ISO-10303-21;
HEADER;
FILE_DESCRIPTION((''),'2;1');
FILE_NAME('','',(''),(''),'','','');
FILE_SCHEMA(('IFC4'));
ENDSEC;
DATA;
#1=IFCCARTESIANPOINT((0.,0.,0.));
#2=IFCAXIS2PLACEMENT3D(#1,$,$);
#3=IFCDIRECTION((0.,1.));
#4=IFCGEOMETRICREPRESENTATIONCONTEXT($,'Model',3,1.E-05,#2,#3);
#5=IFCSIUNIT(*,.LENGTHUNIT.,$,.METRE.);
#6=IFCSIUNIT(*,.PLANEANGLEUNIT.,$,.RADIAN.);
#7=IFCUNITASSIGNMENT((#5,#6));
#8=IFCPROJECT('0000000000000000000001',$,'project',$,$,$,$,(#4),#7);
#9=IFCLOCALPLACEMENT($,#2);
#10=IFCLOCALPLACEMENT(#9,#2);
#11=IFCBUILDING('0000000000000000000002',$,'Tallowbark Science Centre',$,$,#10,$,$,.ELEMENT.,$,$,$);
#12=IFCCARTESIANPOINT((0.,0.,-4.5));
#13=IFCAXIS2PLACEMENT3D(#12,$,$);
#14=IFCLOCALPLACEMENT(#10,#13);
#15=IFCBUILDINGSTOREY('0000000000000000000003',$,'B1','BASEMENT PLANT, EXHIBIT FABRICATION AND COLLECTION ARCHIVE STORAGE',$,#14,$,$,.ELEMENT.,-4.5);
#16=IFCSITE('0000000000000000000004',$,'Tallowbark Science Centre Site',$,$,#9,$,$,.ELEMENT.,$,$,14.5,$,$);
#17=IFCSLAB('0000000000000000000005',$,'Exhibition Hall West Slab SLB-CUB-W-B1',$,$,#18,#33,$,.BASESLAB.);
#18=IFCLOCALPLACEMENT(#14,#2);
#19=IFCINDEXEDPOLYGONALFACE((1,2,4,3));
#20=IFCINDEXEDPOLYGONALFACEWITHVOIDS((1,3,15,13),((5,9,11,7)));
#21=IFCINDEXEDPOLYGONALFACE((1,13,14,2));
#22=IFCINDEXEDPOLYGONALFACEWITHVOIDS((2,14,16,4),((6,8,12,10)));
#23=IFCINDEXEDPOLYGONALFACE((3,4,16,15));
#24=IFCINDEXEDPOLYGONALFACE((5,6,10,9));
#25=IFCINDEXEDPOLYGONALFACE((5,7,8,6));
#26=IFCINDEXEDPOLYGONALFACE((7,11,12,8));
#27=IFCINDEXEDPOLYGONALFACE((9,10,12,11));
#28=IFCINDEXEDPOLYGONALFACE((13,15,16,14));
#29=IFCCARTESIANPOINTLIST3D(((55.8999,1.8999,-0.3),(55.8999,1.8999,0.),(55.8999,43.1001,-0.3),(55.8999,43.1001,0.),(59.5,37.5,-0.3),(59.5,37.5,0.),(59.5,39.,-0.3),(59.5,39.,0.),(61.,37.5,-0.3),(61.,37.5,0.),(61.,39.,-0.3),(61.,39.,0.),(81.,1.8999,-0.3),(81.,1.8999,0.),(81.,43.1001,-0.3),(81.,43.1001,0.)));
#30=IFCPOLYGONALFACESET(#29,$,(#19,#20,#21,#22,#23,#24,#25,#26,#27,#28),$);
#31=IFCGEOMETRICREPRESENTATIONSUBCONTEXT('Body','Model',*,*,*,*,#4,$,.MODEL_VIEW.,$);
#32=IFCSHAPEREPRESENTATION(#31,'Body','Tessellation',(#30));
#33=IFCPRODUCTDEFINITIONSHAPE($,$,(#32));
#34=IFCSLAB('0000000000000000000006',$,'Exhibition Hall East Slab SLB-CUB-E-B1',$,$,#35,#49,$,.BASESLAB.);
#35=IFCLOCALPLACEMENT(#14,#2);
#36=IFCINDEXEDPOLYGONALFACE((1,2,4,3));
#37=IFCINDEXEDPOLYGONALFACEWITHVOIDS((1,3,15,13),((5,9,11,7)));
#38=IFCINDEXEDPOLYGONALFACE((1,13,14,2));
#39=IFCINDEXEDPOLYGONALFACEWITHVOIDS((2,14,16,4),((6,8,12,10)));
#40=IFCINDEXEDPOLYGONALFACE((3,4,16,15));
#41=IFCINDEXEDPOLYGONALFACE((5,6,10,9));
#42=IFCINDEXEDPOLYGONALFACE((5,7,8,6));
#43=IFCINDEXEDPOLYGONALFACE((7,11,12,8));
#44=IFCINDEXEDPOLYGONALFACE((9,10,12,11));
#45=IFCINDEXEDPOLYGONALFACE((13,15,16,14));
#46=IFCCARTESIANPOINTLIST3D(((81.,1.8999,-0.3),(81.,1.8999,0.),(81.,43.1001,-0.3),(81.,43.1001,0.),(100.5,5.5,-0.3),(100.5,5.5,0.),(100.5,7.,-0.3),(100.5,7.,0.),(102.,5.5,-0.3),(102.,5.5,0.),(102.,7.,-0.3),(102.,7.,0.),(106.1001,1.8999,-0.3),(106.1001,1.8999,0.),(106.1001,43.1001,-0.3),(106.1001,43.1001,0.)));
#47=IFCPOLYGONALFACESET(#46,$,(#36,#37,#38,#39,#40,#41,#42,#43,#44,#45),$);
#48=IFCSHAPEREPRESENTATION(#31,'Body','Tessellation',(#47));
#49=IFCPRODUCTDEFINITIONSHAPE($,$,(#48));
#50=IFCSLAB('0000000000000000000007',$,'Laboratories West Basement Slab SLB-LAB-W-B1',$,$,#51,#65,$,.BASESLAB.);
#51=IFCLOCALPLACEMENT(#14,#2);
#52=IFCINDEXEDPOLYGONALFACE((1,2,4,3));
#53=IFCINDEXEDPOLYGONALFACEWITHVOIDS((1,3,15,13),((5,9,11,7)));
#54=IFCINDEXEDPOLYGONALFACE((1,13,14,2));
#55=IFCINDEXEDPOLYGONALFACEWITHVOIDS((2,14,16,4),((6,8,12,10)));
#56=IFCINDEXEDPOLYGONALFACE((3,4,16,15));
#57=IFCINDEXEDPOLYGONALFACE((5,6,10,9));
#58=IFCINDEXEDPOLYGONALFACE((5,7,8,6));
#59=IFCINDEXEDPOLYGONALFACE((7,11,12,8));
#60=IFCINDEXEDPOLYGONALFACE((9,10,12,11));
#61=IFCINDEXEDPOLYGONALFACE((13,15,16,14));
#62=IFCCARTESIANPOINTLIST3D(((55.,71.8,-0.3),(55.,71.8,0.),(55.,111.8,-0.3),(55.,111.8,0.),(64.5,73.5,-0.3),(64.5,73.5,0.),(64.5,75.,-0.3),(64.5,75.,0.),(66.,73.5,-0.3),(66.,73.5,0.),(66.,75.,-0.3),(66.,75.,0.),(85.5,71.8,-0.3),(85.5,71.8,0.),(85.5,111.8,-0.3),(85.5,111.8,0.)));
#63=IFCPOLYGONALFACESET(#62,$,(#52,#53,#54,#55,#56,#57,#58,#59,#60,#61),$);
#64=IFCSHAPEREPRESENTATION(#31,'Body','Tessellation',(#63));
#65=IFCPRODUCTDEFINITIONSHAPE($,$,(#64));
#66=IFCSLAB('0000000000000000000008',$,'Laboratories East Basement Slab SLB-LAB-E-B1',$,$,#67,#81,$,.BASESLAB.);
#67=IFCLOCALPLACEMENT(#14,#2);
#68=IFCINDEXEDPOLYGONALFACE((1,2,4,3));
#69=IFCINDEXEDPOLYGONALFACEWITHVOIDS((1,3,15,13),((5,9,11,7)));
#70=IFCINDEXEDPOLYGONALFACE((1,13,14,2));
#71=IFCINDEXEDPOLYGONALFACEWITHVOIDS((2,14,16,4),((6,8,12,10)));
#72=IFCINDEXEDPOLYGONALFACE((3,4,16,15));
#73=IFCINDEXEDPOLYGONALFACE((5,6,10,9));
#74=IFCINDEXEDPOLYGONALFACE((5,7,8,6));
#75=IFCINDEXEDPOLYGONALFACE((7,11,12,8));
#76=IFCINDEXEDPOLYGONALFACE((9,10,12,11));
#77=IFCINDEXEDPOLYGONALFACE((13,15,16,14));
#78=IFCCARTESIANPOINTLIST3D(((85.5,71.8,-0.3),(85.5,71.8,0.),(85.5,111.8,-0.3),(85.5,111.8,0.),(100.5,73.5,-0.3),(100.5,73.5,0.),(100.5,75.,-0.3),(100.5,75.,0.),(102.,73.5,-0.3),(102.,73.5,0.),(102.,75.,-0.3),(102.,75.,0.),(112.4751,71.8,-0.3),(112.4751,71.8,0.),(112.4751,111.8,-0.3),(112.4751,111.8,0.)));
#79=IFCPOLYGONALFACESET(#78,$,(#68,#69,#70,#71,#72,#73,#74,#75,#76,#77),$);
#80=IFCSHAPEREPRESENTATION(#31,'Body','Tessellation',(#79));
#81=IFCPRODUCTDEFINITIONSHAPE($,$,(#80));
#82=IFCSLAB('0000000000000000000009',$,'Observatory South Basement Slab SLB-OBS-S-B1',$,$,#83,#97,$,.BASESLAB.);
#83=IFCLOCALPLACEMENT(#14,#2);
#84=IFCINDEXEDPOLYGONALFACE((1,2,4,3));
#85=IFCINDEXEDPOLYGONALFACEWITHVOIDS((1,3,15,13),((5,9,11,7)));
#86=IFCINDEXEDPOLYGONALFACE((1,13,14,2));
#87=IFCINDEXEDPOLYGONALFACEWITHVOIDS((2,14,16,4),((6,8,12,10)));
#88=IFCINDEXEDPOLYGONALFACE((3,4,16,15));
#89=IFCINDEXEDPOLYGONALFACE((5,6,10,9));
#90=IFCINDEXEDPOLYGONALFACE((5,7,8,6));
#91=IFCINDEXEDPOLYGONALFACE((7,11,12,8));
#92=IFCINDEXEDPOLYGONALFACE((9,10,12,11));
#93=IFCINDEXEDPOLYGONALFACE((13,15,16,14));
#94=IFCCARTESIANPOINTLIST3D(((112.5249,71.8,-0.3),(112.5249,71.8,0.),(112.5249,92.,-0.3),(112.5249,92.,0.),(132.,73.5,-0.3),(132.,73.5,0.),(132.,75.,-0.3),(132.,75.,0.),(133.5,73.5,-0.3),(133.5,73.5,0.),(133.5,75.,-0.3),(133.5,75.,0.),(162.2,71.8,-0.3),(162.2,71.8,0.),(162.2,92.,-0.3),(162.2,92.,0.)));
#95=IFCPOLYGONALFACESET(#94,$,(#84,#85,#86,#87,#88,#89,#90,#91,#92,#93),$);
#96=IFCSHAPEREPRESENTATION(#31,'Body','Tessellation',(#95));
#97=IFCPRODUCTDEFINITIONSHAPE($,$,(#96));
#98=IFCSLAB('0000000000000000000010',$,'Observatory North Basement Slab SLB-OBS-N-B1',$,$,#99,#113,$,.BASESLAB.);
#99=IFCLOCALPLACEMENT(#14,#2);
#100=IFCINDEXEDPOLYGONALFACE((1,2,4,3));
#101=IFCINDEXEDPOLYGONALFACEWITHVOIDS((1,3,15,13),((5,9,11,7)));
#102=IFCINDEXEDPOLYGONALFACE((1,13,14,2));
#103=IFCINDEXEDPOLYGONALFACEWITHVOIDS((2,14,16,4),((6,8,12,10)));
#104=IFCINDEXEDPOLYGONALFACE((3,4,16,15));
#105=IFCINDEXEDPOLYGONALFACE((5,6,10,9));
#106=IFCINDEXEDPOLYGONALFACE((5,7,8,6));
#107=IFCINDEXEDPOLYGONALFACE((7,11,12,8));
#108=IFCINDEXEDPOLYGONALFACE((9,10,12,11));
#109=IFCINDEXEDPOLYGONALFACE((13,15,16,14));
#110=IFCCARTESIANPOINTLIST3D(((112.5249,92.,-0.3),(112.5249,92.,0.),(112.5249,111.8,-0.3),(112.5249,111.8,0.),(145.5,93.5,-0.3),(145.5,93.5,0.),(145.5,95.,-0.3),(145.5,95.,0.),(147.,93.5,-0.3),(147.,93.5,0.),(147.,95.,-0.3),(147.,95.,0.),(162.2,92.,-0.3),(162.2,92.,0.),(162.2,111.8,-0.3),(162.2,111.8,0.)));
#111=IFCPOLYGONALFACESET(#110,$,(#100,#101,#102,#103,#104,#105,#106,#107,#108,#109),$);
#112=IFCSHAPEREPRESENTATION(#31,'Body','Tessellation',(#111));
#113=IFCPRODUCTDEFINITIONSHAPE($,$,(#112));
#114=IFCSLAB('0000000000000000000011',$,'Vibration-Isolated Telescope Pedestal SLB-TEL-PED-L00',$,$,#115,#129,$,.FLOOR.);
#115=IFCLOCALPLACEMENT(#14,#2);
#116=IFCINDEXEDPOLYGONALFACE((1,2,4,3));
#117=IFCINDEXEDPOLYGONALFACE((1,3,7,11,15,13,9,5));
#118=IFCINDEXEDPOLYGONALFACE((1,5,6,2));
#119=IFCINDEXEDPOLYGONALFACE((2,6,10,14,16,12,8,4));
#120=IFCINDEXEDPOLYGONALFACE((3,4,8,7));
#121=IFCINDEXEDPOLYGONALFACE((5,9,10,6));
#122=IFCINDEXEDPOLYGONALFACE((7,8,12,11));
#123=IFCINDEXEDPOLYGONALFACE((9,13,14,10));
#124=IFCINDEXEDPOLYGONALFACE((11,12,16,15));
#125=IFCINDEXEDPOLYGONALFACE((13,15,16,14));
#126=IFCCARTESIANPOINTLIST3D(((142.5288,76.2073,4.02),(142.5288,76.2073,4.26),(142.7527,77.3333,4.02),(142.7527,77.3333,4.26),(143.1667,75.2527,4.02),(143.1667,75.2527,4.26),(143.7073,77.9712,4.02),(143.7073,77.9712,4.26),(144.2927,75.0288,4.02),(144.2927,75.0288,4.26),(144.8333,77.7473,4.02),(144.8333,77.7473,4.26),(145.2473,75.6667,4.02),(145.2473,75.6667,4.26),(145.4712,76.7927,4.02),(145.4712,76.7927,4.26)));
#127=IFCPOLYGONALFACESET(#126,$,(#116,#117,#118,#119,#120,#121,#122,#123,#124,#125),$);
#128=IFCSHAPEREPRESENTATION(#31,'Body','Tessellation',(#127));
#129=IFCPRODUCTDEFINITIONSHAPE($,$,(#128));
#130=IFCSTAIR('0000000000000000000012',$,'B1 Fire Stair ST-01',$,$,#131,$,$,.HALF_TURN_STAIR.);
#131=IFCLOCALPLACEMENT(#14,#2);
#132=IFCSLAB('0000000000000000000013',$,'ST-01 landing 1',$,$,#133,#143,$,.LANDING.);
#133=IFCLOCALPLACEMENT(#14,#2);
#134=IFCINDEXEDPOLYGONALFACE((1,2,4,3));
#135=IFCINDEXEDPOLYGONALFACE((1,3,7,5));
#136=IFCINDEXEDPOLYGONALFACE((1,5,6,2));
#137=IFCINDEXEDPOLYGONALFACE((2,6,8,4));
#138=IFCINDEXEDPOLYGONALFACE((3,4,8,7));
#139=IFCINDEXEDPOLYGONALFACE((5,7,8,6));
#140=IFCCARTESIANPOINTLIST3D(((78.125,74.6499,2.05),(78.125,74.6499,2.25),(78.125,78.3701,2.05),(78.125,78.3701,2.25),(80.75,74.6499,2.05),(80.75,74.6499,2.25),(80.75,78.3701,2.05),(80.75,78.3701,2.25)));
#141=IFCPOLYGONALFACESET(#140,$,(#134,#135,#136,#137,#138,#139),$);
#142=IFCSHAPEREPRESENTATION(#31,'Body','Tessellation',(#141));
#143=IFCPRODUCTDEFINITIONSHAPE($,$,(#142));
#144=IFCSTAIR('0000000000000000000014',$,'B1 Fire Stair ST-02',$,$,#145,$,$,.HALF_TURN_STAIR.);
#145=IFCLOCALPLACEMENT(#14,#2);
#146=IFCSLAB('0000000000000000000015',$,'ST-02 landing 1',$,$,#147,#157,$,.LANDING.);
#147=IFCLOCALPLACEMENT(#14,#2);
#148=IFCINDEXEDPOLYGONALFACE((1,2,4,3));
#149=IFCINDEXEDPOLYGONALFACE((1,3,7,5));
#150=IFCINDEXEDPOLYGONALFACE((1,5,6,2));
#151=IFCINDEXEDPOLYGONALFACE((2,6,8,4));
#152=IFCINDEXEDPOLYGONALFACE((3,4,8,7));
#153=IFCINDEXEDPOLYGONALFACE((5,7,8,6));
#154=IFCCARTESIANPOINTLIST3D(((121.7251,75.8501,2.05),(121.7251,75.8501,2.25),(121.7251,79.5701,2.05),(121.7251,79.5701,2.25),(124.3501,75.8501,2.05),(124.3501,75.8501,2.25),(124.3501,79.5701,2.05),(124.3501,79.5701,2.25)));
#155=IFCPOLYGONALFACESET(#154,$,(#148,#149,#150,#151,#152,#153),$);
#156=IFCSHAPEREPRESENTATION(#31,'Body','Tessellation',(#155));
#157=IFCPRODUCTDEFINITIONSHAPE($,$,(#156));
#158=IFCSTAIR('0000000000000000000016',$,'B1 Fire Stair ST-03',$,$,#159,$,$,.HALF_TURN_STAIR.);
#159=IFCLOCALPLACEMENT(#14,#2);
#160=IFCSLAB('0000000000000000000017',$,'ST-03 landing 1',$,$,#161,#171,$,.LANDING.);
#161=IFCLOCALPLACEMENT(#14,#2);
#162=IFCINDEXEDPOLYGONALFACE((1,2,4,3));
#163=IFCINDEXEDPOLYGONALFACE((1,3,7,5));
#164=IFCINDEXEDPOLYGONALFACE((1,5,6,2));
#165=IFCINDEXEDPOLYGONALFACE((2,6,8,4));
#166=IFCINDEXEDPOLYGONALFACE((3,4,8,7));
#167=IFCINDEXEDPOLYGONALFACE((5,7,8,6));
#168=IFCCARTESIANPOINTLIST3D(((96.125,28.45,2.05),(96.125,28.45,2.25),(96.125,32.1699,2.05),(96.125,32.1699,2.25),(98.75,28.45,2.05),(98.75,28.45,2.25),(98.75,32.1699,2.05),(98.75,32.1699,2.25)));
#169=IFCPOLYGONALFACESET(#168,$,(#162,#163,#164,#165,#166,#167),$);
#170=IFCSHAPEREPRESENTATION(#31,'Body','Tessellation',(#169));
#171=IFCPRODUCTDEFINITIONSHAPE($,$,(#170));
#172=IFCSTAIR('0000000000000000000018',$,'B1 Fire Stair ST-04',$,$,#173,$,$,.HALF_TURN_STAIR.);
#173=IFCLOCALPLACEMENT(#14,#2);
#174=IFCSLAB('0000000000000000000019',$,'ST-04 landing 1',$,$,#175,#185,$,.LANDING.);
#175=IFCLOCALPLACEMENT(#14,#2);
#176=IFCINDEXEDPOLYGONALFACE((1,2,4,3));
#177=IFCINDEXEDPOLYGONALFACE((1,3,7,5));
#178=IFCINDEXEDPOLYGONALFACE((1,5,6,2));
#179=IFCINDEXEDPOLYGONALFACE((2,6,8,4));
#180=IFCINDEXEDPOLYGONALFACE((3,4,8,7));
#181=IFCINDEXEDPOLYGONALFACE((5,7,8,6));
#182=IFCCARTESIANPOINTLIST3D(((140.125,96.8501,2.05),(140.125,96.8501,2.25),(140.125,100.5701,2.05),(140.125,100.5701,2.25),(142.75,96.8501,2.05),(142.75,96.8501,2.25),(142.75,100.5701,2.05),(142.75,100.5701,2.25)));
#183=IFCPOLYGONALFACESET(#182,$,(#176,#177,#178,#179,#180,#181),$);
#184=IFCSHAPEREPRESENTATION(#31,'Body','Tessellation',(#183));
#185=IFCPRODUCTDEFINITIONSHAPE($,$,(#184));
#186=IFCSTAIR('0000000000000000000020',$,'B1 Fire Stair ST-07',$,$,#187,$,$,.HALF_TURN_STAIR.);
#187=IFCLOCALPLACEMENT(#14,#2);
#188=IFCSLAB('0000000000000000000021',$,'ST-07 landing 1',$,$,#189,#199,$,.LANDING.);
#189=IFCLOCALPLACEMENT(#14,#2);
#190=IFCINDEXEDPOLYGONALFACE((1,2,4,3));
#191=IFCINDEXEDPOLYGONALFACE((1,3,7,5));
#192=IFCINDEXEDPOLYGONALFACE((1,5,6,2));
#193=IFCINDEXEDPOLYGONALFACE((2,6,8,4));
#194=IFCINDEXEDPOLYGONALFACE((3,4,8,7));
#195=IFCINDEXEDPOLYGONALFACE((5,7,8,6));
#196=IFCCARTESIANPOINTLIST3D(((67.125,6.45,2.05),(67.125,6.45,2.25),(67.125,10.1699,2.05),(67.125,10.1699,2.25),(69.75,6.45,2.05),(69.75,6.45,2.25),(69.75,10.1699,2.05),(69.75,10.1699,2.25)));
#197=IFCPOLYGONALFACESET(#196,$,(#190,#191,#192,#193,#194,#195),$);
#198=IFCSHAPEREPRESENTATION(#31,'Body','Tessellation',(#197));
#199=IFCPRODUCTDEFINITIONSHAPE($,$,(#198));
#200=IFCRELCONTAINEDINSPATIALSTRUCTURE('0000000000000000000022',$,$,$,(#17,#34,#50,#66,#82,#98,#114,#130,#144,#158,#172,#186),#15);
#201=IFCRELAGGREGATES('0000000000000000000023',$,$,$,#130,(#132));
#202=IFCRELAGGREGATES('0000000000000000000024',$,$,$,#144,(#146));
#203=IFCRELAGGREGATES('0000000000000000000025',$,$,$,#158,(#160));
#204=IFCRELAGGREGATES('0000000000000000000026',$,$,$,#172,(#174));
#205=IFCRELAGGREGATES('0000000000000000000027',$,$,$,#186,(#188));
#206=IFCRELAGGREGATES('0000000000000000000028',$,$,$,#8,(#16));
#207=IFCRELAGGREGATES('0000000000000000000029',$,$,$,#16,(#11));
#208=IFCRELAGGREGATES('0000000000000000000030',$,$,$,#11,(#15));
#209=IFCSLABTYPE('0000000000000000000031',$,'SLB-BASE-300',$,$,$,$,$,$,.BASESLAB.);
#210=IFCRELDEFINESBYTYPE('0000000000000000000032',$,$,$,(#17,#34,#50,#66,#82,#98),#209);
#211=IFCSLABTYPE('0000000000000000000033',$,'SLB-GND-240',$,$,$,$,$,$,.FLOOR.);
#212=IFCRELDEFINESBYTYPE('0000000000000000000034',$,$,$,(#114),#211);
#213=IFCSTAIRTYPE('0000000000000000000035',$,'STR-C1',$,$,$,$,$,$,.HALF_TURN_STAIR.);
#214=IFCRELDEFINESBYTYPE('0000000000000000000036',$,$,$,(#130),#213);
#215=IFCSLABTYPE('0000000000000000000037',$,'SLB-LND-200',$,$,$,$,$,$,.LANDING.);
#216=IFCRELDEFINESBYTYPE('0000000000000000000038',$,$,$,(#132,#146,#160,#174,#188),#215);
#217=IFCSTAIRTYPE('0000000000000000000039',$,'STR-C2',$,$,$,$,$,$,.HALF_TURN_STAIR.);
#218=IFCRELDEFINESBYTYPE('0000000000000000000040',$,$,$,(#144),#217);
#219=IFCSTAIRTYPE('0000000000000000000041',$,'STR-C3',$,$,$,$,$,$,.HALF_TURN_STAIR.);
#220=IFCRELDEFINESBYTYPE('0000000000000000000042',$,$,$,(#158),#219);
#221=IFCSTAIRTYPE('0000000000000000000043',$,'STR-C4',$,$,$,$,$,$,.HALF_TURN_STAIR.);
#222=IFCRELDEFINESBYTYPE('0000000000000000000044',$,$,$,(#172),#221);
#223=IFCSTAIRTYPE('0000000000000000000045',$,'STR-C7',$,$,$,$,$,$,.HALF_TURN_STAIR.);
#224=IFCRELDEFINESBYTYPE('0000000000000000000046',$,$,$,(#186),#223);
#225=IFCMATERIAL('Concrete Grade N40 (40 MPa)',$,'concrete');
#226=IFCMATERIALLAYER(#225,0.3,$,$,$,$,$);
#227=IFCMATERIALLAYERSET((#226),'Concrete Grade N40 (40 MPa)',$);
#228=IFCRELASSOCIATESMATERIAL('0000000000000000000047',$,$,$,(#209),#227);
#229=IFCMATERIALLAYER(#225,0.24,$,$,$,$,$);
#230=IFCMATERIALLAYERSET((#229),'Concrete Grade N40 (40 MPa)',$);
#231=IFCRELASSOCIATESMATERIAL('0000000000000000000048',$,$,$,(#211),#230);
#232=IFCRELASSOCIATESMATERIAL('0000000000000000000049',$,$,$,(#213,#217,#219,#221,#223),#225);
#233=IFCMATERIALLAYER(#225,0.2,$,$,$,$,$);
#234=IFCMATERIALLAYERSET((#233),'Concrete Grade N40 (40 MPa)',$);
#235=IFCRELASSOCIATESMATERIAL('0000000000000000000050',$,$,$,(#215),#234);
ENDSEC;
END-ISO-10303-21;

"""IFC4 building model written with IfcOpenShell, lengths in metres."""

from ifc_helpers import new_model, si_unit, direction, frame, origin, place, context, subcontext, project, spatial, polyline, outline, extrude, material, layer, layer_set, type_object, element, aggregate, save


model = new_model("IFC4")

# Units and contexts
model_context = context("Model", 3, precision=1e-05, world=origin(), true_north=direction((0.0, 1.0)))
body_context = subcontext(model_context, "Body", "Model", "MODEL_VIEW")
ifc_project = project(units=[si_unit("LENGTHUNIT", "METRE"), si_unit("PLANEANGLEUNIT", "RADIAN")], contexts=[model_context])

# Site, building, storey
site_placement = place(None, origin())
site = spatial("IfcSite", under=ifc_project, at=site_placement, Name="Tallowbark Science Centre Site", CompositionType="ELEMENT", RefElevation=14.5)
building_placement = place(site_placement, origin())
building = spatial("IfcBuilding", under=site, at=building_placement, Name="Tallowbark Science Centre", CompositionType="ELEMENT")
storey_placement = place(building_placement, frame((0.0, 0.0, -4.5)))
storey = spatial("IfcBuildingStorey", under=building, at=storey_placement, Name="B1", Description="BASEMENT PLANT, EXHIBIT FABRICATION AND COLLECTION ARCHIVE STORAGE", CompositionType="ELEMENT", Elevation=-4.5)

# Shared definitions
ifc_material_1 = material(Name="Concrete Grade N40 (40 MPa)", Category="concrete")

# Slabs
ifc_layer_1 = layer(ifc_material_1, 0.3)
ifc_layer_set_1 = layer_set([ifc_layer_1], Name="Concrete Grade N40 (40 MPa)")
slab_type_1 = type_object("IfcSlabType", Name="SLB-BASE-300", PredefinedType="BASESLAB", material=ifc_layer_set_1)
slab_1_placement = place(storey_placement, frame((0.0, 0.0, -0.3)))
element("IfcSlab", 1, at=slab_1_placement, inside=storey, type_object=slab_type_1, Name="Exhibition Hall West Slab SLB-CUB-W-B1", PredefinedType="BASESLAB", context=body_context, shape_type="SweptSolid", body=[
    extrude(outline(polyline([(55.8999, 1.8999), (81.0, 1.8999), (81.0, 43.1001), (55.8999, 43.1001), (55.8999, 1.8999)]), holes=[polyline([(59.5, 37.5), (61.0, 37.5), (61.0, 39.0), (59.5, 39.0), (59.5, 37.5)])]), origin(), (0.0, 0.0, 1.0), 0.3),
])
slab_2_placement = place(storey_placement, frame((0.0, 0.0, -0.3)))
element("IfcSlab", 2, at=slab_2_placement, inside=storey, type_object=slab_type_1, Name="Exhibition Hall East Slab SLB-CUB-E-B1", PredefinedType="BASESLAB", context=body_context, shape_type="SweptSolid", body=[
    extrude(outline(polyline([(81.0, 1.8999), (106.1001, 1.8999), (106.1001, 43.1001), (81.0, 43.1001), (81.0, 1.8999)]), holes=[polyline([(100.5, 5.5), (102.0, 5.5), (102.0, 7.0), (100.5, 7.0), (100.5, 5.5)])]), origin(), (0.0, 0.0, 1.0), 0.3),
])
slab_3_placement = place(storey_placement, frame((0.0, 0.0, -0.3)))
element("IfcSlab", 3, at=slab_3_placement, inside=storey, type_object=slab_type_1, Name="Laboratories West Basement Slab SLB-LAB-W-B1", PredefinedType="BASESLAB", context=body_context, shape_type="SweptSolid", body=[
    extrude(outline(polyline([(55.0, 71.8), (85.5, 71.8), (85.5, 111.8), (55.0, 111.8), (55.0, 71.8)]), holes=[polyline([(64.5, 73.5), (66.0, 73.5), (66.0, 75.0), (64.5, 75.0), (64.5, 73.5)])]), origin(), (0.0, 0.0, 1.0), 0.3),
])
slab_4_placement = place(storey_placement, frame((0.0, 0.0, -0.3)))
element("IfcSlab", 4, at=slab_4_placement, inside=storey, type_object=slab_type_1, Name="Laboratories East Basement Slab SLB-LAB-E-B1", PredefinedType="BASESLAB", context=body_context, shape_type="SweptSolid", body=[
    extrude(outline(polyline([(85.5, 71.8), (112.4751, 71.8), (112.4751, 111.8), (85.5, 111.8), (85.5, 71.8)]), holes=[polyline([(100.5, 73.5), (102.0, 73.5), (102.0, 75.0), (100.5, 75.0), (100.5, 73.5)])]), origin(), (0.0, 0.0, 1.0), 0.3),
])
slab_5_placement = place(storey_placement, frame((0.0, 0.0, -0.3)))
element("IfcSlab", 5, at=slab_5_placement, inside=storey, type_object=slab_type_1, Name="Observatory South Basement Slab SLB-OBS-S-B1", PredefinedType="BASESLAB", context=body_context, shape_type="SweptSolid", body=[
    extrude(outline(polyline([(112.5249, 71.8), (162.2, 71.8), (162.2, 92.0), (112.5249, 92.0), (112.5249, 71.8)]), holes=[polyline([(132.0, 73.5), (133.5, 73.5), (133.5, 75.0), (132.0, 75.0), (132.0, 73.5)])]), origin(), (0.0, 0.0, 1.0), 0.3),
])
slab_6_placement = place(storey_placement, frame((0.0, 0.0, -0.3)))
element("IfcSlab", 6, at=slab_6_placement, inside=storey, type_object=slab_type_1, Name="Observatory North Basement Slab SLB-OBS-N-B1", PredefinedType="BASESLAB", context=body_context, shape_type="SweptSolid", body=[
    extrude(outline(polyline([(112.5249, 92.0), (162.2, 92.0), (162.2, 111.8), (112.5249, 111.8), (112.5249, 92.0)]), holes=[polyline([(145.5, 93.5), (147.0, 93.5), (147.0, 95.0), (145.5, 95.0), (145.5, 93.5)])]), origin(), (0.0, 0.0, 1.0), 0.3),
])
ifc_layer_2 = layer(ifc_material_1, 0.24)
ifc_layer_set_2 = layer_set([ifc_layer_2], Name="Concrete Grade N40 (40 MPa)")
slab_type_2 = type_object("IfcSlabType", Name="SLB-GND-240", PredefinedType="FLOOR", material=ifc_layer_set_2)
slab_7_placement = place(storey_placement, frame((0.0, 0.0, 4.02)))
element("IfcSlab", 7, at=slab_7_placement, inside=storey, type_object=slab_type_2, Name="Vibration-Isolated Telescope Pedestal SLB-TEL-PED-L00", PredefinedType="FLOOR", context=body_context, shape_type="SweptSolid", body=[
    extrude(outline(polyline([(145.4712, 76.7927), (144.8333, 77.7473), (143.7073, 77.9712), (142.7527, 77.3333), (142.5288, 76.2073), (143.1667, 75.2527), (144.2927, 75.0288), (145.2473, 75.6667), (145.4712, 76.7927)])), origin(), (0.0, 0.0, 1.0), 0.24),
])

# Stairs, slabs
stair_type_1 = type_object("IfcStairType", Name="STR-C1", PredefinedType="HALF_TURN_STAIR", material=ifc_material_1)
stair_1_placement = place(storey_placement, origin())
stair_1 = element("IfcStair", 8, at=stair_1_placement, inside=storey, type_object=stair_type_1, Name="B1 Fire Stair ST-01", PredefinedType="HALF_TURN_STAIR")
ifc_layer_3 = layer(ifc_material_1, 0.2)
ifc_layer_set_3 = layer_set([ifc_layer_3], Name="Concrete Grade N40 (40 MPa)")
slab_type_3 = type_object("IfcSlabType", Name="SLB-LND-200", PredefinedType="LANDING", material=ifc_layer_set_3)
slab_8_placement = place(storey_placement, frame((0.0, 0.0, 2.05)))
slab_8 = element("IfcSlab", 9, at=slab_8_placement, type_object=slab_type_3, Name="ST-01 landing 1", PredefinedType="LANDING", context=body_context, shape_type="SweptSolid", body=[
    extrude(outline(polyline([(78.125, 74.6499), (80.75, 74.6499), (80.75, 78.3701), (78.125, 78.3701), (78.125, 74.6499)])), origin(), (0.0, 0.0, 1.0), 0.2),
])
aggregate(stair_1, [slab_8])
stair_type_2 = type_object("IfcStairType", Name="STR-C2", PredefinedType="HALF_TURN_STAIR", material=ifc_material_1)
stair_2_placement = place(storey_placement, origin())
stair_2 = element("IfcStair", 10, at=stair_2_placement, inside=storey, type_object=stair_type_2, Name="B1 Fire Stair ST-02", PredefinedType="HALF_TURN_STAIR")
slab_9_placement = place(storey_placement, frame((0.0, 0.0, 2.05)))
slab_9 = element("IfcSlab", 11, at=slab_9_placement, type_object=slab_type_3, Name="ST-02 landing 1", PredefinedType="LANDING", context=body_context, shape_type="SweptSolid", body=[
    extrude(outline(polyline([(121.7251, 75.8501), (124.3501, 75.8501), (124.3501, 79.5701), (121.7251, 79.5701), (121.7251, 75.8501)])), origin(), (0.0, 0.0, 1.0), 0.2),
])
aggregate(stair_2, [slab_9])
stair_type_3 = type_object("IfcStairType", Name="STR-C3", PredefinedType="HALF_TURN_STAIR", material=ifc_material_1)
stair_3_placement = place(storey_placement, origin())
stair_3 = element("IfcStair", 12, at=stair_3_placement, inside=storey, type_object=stair_type_3, Name="B1 Fire Stair ST-03", PredefinedType="HALF_TURN_STAIR")
slab_10_placement = place(storey_placement, frame((0.0, 0.0, 2.05)))
slab_10 = element("IfcSlab", 13, at=slab_10_placement, type_object=slab_type_3, Name="ST-03 landing 1", PredefinedType="LANDING", context=body_context, shape_type="SweptSolid", body=[
    extrude(outline(polyline([(96.125, 28.45), (98.75, 28.45), (98.75, 32.1699), (96.125, 32.1699), (96.125, 28.45)])), origin(), (0.0, 0.0, 1.0), 0.2),
])
aggregate(stair_3, [slab_10])
stair_type_4 = type_object("IfcStairType", Name="STR-C4", PredefinedType="HALF_TURN_STAIR", material=ifc_material_1)
stair_4_placement = place(storey_placement, origin())
stair_4 = element("IfcStair", 14, at=stair_4_placement, inside=storey, type_object=stair_type_4, Name="B1 Fire Stair ST-04", PredefinedType="HALF_TURN_STAIR")
slab_11_placement = place(storey_placement, frame((0.0, 0.0, 2.05)))
slab_11 = element("IfcSlab", 15, at=slab_11_placement, type_object=slab_type_3, Name="ST-04 landing 1", PredefinedType="LANDING", context=body_context, shape_type="SweptSolid", body=[
    extrude(outline(polyline([(140.125, 96.8501), (142.75, 96.8501), (142.75, 100.5701), (140.125, 100.5701), (140.125, 96.8501)])), origin(), (0.0, 0.0, 1.0), 0.2),
])
aggregate(stair_4, [slab_11])
stair_type_5 = type_object("IfcStairType", Name="STR-C7", PredefinedType="HALF_TURN_STAIR", material=ifc_material_1)
stair_5_placement = place(storey_placement, origin())
stair_5 = element("IfcStair", 16, at=stair_5_placement, inside=storey, type_object=stair_type_5, Name="B1 Fire Stair ST-07", PredefinedType="HALF_TURN_STAIR")
slab_12_placement = place(storey_placement, frame((0.0, 0.0, 2.05)))
slab_12 = element("IfcSlab", 17, at=slab_12_placement, type_object=slab_type_3, Name="ST-07 landing 1", PredefinedType="LANDING", context=body_context, shape_type="SweptSolid", body=[
    extrude(outline(polyline([(67.125, 6.45), (69.75, 6.45), (69.75, 10.1699), (67.125, 10.1699), (67.125, 6.45)])), origin(), (0.0, 0.0, 1.0), 0.2),
])
aggregate(stair_5, [slab_12])

save(model, "model.ifc")
